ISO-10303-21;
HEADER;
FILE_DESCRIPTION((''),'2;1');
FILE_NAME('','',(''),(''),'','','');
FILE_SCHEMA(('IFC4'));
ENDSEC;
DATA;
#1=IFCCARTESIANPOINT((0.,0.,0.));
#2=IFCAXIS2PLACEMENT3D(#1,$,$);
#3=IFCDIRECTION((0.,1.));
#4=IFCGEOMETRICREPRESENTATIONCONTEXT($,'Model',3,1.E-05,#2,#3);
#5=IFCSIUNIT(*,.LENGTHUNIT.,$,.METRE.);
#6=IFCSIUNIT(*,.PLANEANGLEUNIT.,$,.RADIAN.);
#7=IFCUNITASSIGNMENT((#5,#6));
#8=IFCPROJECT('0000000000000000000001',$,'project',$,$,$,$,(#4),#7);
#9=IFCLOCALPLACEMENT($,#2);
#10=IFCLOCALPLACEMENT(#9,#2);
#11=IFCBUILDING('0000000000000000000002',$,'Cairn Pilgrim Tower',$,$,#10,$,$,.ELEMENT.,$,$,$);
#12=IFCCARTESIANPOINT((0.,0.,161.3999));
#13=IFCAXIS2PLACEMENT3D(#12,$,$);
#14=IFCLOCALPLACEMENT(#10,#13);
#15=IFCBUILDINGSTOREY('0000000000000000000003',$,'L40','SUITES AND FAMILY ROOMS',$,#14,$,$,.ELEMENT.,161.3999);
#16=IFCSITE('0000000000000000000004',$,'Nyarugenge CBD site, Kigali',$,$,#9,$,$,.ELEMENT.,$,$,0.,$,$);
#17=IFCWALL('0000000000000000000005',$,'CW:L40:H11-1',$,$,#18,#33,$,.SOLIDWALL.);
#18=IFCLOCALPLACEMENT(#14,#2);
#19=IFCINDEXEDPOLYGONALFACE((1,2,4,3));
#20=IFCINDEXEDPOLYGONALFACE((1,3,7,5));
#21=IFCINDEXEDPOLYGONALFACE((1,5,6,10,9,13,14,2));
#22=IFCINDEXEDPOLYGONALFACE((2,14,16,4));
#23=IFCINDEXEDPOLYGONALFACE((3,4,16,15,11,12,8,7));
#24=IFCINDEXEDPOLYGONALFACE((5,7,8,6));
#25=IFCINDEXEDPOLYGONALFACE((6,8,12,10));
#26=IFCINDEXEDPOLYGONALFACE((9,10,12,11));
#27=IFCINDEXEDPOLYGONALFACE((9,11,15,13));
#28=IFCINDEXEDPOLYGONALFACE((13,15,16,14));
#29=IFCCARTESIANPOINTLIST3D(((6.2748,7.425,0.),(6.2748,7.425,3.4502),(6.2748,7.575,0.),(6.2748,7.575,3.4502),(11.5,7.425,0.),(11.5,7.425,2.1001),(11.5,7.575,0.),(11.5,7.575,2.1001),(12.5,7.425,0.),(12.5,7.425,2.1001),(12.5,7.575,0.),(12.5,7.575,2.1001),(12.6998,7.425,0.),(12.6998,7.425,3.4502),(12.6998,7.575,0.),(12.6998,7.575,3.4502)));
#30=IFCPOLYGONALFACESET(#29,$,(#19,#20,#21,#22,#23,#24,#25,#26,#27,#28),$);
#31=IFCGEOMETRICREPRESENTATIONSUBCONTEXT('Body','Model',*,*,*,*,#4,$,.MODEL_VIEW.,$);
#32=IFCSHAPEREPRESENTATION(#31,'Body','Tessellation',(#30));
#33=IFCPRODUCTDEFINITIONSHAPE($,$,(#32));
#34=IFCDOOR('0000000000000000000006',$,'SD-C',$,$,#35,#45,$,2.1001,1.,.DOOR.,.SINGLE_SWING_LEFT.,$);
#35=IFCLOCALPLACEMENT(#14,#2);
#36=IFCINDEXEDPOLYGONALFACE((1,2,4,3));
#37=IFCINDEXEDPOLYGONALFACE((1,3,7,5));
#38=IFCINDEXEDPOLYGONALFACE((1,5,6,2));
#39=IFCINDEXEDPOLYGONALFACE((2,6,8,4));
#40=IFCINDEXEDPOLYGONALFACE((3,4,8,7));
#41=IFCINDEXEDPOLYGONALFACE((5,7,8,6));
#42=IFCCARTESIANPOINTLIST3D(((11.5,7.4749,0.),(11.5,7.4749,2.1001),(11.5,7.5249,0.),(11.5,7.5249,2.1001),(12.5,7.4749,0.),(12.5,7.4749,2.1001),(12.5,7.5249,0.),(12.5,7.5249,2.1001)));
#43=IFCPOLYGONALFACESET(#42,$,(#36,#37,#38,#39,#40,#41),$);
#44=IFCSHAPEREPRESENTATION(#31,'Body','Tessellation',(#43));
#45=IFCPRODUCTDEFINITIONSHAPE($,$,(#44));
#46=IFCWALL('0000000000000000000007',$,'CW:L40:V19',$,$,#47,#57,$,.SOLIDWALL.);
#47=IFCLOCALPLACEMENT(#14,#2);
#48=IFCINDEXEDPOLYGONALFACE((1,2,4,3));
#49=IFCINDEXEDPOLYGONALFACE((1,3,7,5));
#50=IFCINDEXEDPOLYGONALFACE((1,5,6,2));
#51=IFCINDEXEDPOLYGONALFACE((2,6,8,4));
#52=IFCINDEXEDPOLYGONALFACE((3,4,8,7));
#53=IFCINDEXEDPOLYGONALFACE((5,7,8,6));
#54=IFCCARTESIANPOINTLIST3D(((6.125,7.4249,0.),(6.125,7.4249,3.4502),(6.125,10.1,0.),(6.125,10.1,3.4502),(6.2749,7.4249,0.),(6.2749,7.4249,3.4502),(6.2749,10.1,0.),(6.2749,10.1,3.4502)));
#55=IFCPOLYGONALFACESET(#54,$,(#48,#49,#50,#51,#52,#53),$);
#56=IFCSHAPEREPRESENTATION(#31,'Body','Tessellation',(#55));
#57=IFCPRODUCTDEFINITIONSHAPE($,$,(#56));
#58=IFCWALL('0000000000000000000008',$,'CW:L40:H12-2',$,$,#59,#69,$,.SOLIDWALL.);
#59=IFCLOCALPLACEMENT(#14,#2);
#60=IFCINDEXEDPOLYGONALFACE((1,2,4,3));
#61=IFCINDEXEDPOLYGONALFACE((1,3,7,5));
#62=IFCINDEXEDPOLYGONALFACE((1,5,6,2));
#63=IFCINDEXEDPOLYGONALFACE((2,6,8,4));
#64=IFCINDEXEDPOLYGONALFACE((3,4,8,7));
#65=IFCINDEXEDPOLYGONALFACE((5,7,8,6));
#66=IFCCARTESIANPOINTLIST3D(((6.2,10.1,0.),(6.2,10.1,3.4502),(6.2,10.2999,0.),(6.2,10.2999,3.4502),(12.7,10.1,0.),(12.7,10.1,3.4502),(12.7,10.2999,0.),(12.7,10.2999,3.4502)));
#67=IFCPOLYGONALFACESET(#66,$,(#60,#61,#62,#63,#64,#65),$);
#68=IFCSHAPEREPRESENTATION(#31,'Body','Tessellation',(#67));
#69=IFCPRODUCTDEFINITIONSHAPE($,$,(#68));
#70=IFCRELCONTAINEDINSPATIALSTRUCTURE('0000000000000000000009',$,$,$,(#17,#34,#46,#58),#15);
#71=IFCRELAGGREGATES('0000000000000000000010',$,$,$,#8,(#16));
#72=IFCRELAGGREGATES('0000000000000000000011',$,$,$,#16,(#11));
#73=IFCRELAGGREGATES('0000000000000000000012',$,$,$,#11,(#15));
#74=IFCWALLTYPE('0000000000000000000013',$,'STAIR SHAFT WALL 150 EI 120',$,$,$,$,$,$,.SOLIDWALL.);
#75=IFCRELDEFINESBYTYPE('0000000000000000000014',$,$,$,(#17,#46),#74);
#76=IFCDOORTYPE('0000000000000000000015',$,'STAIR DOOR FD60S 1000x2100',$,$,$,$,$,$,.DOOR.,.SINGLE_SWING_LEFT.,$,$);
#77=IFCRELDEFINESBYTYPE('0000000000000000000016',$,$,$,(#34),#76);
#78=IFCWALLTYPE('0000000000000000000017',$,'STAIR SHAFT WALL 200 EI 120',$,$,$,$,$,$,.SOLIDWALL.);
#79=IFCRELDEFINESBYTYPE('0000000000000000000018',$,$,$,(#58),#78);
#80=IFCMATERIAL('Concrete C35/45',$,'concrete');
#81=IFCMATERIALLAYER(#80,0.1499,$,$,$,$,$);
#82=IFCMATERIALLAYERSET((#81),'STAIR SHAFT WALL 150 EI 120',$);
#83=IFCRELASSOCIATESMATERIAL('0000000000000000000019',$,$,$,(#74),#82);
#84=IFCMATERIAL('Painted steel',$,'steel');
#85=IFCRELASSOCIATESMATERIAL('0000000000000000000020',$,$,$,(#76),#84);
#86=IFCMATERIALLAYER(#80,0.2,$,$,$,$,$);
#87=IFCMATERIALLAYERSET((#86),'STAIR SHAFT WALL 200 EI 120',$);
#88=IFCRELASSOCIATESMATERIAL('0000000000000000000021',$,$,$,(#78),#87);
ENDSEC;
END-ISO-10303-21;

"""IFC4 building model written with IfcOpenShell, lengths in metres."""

from ifc_helpers import new_model, si_unit, direction, frame, frame_2d, origin, place, context, subcontext, project, spatial, rectangle, extrude, material, layer, layer_set, type_object, element, fill, save


model = new_model("IFC4")

# Units and contexts
model_context = context("Model", 3, precision=1e-05, world=origin(), true_north=direction((0.0, 1.0)))
body_context = subcontext(model_context, "Body", "Model", "MODEL_VIEW")
ifc_project = project(units=[si_unit("LENGTHUNIT", "METRE"), si_unit("PLANEANGLEUNIT", "RADIAN")], contexts=[model_context])

# Site, building, storey
site_placement = place(None, origin())
site = spatial("IfcSite", under=ifc_project, at=site_placement, Name="Nyarugenge CBD site, Kigali", CompositionType="ELEMENT", RefElevation=0.0)
building_placement = place(site_placement, origin())
building = spatial("IfcBuilding", under=site, at=building_placement, Name="Cairn Pilgrim Tower", CompositionType="ELEMENT")
storey_placement = place(building_placement, frame((0.0, 0.0, 161.3999)))
storey = spatial("IfcBuildingStorey", under=building, at=storey_placement, Name="L40", Description="SUITES AND FAMILY ROOMS", CompositionType="ELEMENT", Elevation=161.3999)

# Wall, opening, door
ifc_material_1 = material(Name="Concrete C35/45", Category="concrete")
ifc_layer_1 = layer(ifc_material_1, 0.1499)
ifc_layer_set_1 = layer_set([ifc_layer_1], Name="STAIR SHAFT WALL 150 EI 120")
wall_type_1 = type_object("IfcWallType", Name="STAIR SHAFT WALL 150 EI 120", PredefinedType="SOLIDWALL", material=ifc_layer_set_1)
ifc_material_2 = material(Name="Painted steel", Category="steel")
door_type_1 = type_object("IfcDoorType", Name="STAIR DOOR FD60S 1000x2100", OperationType="SINGLE_SWING_LEFT", PredefinedType="DOOR", material=ifc_material_2)
wall_1_placement = place(storey_placement, frame((6.2749, 7.5, 0.0), z_axis=(0.0, 0.0, 1.0), x_axis=(1.0, 0.0, 0.0)))
wall_1 = element("IfcWall", 1, at=wall_1_placement, inside=storey, type_object=wall_type_1, Name="CW:L40:H11-1", PredefinedType="SOLIDWALL", context=body_context, shape_type="SweptSolid", body=[
    extrude(rectangle(XDim=6.425, YDim=0.1499, at=frame_2d((3.2124, 0.0))), origin(), (0.0, 0.0, 1.0), 3.4502),
])
opening_1_placement = place(wall_1_placement, frame((5.2251, 0.0, 0.0)))
opening_1 = element("IfcOpeningElement", 2, at=opening_1_placement, cuts=wall_1, PredefinedType="OPENING", context=body_context, shape_type="SweptSolid", body=[
    extrude(rectangle(XDim=1.0, YDim=2.1001, at=frame_2d((0.5, 1.05))), frame((0.0, 0.085, 0.0), z_axis=(0.0, -1.0, 0.0), x_axis=(1.0, 0.0, 0.0)), (0.0, 0.0, 1.0), 0.1699),
])
door_1_placement = place(opening_1_placement, origin())
door_1 = element("IfcDoor", 3, at=door_1_placement, inside=storey, type_object=door_type_1, Name="SD-C", OperationType="SINGLE_SWING_LEFT", OverallHeight=2.1001, OverallWidth=1.0, PredefinedType="DOOR", context=body_context, shape_type="SweptSolid", body=[
    extrude(rectangle(XDim=1.0, YDim=2.1001, at=frame_2d((0.5, 1.05))), frame((0.0, 0.0249, 0.0), z_axis=(0.0, -1.0, 0.0), x_axis=(1.0, 0.0, 0.0)), (0.0, 0.0, 1.0), 0.05),
])
fill(opening_1, door_1)

# Walls
wall_2_placement = place(storey_placement, frame((6.2, 7.425, 0.0), z_axis=(0.0, 0.0, 1.0), x_axis=(0.0, 1.0, 0.0)))
element("IfcWall", 4, at=wall_2_placement, inside=storey, type_object=wall_type_1, Name="CW:L40:V19", PredefinedType="SOLIDWALL", context=body_context, shape_type="SweptSolid", body=[
    extrude(rectangle(XDim=2.675, YDim=0.1499, at=frame_2d((1.3374, 0.0))), origin(), (0.0, 0.0, 1.0), 3.4502),
])
ifc_layer_2 = layer(ifc_material_1, 0.2)
ifc_layer_set_2 = layer_set([ifc_layer_2], Name="STAIR SHAFT WALL 200 EI 120")
wall_type_2 = type_object("IfcWallType", Name="STAIR SHAFT WALL 200 EI 120", PredefinedType="SOLIDWALL", material=ifc_layer_set_2)
wall_3_placement = place(storey_placement, frame((6.2, 10.2, 0.0), z_axis=(0.0, 0.0, 1.0), x_axis=(1.0, 0.0, 0.0)))
element("IfcWall", 5, at=wall_3_placement, inside=storey, type_object=wall_type_2, Name="CW:L40:H12-2", PredefinedType="SOLIDWALL", context=body_context, shape_type="SweptSolid", body=[
    extrude(rectangle(XDim=6.5, YDim=0.2, at=frame_2d((3.25, 0.0))), origin(), (0.0, 0.0, 1.0), 3.4502),
])

save(model, "model.ifc")
